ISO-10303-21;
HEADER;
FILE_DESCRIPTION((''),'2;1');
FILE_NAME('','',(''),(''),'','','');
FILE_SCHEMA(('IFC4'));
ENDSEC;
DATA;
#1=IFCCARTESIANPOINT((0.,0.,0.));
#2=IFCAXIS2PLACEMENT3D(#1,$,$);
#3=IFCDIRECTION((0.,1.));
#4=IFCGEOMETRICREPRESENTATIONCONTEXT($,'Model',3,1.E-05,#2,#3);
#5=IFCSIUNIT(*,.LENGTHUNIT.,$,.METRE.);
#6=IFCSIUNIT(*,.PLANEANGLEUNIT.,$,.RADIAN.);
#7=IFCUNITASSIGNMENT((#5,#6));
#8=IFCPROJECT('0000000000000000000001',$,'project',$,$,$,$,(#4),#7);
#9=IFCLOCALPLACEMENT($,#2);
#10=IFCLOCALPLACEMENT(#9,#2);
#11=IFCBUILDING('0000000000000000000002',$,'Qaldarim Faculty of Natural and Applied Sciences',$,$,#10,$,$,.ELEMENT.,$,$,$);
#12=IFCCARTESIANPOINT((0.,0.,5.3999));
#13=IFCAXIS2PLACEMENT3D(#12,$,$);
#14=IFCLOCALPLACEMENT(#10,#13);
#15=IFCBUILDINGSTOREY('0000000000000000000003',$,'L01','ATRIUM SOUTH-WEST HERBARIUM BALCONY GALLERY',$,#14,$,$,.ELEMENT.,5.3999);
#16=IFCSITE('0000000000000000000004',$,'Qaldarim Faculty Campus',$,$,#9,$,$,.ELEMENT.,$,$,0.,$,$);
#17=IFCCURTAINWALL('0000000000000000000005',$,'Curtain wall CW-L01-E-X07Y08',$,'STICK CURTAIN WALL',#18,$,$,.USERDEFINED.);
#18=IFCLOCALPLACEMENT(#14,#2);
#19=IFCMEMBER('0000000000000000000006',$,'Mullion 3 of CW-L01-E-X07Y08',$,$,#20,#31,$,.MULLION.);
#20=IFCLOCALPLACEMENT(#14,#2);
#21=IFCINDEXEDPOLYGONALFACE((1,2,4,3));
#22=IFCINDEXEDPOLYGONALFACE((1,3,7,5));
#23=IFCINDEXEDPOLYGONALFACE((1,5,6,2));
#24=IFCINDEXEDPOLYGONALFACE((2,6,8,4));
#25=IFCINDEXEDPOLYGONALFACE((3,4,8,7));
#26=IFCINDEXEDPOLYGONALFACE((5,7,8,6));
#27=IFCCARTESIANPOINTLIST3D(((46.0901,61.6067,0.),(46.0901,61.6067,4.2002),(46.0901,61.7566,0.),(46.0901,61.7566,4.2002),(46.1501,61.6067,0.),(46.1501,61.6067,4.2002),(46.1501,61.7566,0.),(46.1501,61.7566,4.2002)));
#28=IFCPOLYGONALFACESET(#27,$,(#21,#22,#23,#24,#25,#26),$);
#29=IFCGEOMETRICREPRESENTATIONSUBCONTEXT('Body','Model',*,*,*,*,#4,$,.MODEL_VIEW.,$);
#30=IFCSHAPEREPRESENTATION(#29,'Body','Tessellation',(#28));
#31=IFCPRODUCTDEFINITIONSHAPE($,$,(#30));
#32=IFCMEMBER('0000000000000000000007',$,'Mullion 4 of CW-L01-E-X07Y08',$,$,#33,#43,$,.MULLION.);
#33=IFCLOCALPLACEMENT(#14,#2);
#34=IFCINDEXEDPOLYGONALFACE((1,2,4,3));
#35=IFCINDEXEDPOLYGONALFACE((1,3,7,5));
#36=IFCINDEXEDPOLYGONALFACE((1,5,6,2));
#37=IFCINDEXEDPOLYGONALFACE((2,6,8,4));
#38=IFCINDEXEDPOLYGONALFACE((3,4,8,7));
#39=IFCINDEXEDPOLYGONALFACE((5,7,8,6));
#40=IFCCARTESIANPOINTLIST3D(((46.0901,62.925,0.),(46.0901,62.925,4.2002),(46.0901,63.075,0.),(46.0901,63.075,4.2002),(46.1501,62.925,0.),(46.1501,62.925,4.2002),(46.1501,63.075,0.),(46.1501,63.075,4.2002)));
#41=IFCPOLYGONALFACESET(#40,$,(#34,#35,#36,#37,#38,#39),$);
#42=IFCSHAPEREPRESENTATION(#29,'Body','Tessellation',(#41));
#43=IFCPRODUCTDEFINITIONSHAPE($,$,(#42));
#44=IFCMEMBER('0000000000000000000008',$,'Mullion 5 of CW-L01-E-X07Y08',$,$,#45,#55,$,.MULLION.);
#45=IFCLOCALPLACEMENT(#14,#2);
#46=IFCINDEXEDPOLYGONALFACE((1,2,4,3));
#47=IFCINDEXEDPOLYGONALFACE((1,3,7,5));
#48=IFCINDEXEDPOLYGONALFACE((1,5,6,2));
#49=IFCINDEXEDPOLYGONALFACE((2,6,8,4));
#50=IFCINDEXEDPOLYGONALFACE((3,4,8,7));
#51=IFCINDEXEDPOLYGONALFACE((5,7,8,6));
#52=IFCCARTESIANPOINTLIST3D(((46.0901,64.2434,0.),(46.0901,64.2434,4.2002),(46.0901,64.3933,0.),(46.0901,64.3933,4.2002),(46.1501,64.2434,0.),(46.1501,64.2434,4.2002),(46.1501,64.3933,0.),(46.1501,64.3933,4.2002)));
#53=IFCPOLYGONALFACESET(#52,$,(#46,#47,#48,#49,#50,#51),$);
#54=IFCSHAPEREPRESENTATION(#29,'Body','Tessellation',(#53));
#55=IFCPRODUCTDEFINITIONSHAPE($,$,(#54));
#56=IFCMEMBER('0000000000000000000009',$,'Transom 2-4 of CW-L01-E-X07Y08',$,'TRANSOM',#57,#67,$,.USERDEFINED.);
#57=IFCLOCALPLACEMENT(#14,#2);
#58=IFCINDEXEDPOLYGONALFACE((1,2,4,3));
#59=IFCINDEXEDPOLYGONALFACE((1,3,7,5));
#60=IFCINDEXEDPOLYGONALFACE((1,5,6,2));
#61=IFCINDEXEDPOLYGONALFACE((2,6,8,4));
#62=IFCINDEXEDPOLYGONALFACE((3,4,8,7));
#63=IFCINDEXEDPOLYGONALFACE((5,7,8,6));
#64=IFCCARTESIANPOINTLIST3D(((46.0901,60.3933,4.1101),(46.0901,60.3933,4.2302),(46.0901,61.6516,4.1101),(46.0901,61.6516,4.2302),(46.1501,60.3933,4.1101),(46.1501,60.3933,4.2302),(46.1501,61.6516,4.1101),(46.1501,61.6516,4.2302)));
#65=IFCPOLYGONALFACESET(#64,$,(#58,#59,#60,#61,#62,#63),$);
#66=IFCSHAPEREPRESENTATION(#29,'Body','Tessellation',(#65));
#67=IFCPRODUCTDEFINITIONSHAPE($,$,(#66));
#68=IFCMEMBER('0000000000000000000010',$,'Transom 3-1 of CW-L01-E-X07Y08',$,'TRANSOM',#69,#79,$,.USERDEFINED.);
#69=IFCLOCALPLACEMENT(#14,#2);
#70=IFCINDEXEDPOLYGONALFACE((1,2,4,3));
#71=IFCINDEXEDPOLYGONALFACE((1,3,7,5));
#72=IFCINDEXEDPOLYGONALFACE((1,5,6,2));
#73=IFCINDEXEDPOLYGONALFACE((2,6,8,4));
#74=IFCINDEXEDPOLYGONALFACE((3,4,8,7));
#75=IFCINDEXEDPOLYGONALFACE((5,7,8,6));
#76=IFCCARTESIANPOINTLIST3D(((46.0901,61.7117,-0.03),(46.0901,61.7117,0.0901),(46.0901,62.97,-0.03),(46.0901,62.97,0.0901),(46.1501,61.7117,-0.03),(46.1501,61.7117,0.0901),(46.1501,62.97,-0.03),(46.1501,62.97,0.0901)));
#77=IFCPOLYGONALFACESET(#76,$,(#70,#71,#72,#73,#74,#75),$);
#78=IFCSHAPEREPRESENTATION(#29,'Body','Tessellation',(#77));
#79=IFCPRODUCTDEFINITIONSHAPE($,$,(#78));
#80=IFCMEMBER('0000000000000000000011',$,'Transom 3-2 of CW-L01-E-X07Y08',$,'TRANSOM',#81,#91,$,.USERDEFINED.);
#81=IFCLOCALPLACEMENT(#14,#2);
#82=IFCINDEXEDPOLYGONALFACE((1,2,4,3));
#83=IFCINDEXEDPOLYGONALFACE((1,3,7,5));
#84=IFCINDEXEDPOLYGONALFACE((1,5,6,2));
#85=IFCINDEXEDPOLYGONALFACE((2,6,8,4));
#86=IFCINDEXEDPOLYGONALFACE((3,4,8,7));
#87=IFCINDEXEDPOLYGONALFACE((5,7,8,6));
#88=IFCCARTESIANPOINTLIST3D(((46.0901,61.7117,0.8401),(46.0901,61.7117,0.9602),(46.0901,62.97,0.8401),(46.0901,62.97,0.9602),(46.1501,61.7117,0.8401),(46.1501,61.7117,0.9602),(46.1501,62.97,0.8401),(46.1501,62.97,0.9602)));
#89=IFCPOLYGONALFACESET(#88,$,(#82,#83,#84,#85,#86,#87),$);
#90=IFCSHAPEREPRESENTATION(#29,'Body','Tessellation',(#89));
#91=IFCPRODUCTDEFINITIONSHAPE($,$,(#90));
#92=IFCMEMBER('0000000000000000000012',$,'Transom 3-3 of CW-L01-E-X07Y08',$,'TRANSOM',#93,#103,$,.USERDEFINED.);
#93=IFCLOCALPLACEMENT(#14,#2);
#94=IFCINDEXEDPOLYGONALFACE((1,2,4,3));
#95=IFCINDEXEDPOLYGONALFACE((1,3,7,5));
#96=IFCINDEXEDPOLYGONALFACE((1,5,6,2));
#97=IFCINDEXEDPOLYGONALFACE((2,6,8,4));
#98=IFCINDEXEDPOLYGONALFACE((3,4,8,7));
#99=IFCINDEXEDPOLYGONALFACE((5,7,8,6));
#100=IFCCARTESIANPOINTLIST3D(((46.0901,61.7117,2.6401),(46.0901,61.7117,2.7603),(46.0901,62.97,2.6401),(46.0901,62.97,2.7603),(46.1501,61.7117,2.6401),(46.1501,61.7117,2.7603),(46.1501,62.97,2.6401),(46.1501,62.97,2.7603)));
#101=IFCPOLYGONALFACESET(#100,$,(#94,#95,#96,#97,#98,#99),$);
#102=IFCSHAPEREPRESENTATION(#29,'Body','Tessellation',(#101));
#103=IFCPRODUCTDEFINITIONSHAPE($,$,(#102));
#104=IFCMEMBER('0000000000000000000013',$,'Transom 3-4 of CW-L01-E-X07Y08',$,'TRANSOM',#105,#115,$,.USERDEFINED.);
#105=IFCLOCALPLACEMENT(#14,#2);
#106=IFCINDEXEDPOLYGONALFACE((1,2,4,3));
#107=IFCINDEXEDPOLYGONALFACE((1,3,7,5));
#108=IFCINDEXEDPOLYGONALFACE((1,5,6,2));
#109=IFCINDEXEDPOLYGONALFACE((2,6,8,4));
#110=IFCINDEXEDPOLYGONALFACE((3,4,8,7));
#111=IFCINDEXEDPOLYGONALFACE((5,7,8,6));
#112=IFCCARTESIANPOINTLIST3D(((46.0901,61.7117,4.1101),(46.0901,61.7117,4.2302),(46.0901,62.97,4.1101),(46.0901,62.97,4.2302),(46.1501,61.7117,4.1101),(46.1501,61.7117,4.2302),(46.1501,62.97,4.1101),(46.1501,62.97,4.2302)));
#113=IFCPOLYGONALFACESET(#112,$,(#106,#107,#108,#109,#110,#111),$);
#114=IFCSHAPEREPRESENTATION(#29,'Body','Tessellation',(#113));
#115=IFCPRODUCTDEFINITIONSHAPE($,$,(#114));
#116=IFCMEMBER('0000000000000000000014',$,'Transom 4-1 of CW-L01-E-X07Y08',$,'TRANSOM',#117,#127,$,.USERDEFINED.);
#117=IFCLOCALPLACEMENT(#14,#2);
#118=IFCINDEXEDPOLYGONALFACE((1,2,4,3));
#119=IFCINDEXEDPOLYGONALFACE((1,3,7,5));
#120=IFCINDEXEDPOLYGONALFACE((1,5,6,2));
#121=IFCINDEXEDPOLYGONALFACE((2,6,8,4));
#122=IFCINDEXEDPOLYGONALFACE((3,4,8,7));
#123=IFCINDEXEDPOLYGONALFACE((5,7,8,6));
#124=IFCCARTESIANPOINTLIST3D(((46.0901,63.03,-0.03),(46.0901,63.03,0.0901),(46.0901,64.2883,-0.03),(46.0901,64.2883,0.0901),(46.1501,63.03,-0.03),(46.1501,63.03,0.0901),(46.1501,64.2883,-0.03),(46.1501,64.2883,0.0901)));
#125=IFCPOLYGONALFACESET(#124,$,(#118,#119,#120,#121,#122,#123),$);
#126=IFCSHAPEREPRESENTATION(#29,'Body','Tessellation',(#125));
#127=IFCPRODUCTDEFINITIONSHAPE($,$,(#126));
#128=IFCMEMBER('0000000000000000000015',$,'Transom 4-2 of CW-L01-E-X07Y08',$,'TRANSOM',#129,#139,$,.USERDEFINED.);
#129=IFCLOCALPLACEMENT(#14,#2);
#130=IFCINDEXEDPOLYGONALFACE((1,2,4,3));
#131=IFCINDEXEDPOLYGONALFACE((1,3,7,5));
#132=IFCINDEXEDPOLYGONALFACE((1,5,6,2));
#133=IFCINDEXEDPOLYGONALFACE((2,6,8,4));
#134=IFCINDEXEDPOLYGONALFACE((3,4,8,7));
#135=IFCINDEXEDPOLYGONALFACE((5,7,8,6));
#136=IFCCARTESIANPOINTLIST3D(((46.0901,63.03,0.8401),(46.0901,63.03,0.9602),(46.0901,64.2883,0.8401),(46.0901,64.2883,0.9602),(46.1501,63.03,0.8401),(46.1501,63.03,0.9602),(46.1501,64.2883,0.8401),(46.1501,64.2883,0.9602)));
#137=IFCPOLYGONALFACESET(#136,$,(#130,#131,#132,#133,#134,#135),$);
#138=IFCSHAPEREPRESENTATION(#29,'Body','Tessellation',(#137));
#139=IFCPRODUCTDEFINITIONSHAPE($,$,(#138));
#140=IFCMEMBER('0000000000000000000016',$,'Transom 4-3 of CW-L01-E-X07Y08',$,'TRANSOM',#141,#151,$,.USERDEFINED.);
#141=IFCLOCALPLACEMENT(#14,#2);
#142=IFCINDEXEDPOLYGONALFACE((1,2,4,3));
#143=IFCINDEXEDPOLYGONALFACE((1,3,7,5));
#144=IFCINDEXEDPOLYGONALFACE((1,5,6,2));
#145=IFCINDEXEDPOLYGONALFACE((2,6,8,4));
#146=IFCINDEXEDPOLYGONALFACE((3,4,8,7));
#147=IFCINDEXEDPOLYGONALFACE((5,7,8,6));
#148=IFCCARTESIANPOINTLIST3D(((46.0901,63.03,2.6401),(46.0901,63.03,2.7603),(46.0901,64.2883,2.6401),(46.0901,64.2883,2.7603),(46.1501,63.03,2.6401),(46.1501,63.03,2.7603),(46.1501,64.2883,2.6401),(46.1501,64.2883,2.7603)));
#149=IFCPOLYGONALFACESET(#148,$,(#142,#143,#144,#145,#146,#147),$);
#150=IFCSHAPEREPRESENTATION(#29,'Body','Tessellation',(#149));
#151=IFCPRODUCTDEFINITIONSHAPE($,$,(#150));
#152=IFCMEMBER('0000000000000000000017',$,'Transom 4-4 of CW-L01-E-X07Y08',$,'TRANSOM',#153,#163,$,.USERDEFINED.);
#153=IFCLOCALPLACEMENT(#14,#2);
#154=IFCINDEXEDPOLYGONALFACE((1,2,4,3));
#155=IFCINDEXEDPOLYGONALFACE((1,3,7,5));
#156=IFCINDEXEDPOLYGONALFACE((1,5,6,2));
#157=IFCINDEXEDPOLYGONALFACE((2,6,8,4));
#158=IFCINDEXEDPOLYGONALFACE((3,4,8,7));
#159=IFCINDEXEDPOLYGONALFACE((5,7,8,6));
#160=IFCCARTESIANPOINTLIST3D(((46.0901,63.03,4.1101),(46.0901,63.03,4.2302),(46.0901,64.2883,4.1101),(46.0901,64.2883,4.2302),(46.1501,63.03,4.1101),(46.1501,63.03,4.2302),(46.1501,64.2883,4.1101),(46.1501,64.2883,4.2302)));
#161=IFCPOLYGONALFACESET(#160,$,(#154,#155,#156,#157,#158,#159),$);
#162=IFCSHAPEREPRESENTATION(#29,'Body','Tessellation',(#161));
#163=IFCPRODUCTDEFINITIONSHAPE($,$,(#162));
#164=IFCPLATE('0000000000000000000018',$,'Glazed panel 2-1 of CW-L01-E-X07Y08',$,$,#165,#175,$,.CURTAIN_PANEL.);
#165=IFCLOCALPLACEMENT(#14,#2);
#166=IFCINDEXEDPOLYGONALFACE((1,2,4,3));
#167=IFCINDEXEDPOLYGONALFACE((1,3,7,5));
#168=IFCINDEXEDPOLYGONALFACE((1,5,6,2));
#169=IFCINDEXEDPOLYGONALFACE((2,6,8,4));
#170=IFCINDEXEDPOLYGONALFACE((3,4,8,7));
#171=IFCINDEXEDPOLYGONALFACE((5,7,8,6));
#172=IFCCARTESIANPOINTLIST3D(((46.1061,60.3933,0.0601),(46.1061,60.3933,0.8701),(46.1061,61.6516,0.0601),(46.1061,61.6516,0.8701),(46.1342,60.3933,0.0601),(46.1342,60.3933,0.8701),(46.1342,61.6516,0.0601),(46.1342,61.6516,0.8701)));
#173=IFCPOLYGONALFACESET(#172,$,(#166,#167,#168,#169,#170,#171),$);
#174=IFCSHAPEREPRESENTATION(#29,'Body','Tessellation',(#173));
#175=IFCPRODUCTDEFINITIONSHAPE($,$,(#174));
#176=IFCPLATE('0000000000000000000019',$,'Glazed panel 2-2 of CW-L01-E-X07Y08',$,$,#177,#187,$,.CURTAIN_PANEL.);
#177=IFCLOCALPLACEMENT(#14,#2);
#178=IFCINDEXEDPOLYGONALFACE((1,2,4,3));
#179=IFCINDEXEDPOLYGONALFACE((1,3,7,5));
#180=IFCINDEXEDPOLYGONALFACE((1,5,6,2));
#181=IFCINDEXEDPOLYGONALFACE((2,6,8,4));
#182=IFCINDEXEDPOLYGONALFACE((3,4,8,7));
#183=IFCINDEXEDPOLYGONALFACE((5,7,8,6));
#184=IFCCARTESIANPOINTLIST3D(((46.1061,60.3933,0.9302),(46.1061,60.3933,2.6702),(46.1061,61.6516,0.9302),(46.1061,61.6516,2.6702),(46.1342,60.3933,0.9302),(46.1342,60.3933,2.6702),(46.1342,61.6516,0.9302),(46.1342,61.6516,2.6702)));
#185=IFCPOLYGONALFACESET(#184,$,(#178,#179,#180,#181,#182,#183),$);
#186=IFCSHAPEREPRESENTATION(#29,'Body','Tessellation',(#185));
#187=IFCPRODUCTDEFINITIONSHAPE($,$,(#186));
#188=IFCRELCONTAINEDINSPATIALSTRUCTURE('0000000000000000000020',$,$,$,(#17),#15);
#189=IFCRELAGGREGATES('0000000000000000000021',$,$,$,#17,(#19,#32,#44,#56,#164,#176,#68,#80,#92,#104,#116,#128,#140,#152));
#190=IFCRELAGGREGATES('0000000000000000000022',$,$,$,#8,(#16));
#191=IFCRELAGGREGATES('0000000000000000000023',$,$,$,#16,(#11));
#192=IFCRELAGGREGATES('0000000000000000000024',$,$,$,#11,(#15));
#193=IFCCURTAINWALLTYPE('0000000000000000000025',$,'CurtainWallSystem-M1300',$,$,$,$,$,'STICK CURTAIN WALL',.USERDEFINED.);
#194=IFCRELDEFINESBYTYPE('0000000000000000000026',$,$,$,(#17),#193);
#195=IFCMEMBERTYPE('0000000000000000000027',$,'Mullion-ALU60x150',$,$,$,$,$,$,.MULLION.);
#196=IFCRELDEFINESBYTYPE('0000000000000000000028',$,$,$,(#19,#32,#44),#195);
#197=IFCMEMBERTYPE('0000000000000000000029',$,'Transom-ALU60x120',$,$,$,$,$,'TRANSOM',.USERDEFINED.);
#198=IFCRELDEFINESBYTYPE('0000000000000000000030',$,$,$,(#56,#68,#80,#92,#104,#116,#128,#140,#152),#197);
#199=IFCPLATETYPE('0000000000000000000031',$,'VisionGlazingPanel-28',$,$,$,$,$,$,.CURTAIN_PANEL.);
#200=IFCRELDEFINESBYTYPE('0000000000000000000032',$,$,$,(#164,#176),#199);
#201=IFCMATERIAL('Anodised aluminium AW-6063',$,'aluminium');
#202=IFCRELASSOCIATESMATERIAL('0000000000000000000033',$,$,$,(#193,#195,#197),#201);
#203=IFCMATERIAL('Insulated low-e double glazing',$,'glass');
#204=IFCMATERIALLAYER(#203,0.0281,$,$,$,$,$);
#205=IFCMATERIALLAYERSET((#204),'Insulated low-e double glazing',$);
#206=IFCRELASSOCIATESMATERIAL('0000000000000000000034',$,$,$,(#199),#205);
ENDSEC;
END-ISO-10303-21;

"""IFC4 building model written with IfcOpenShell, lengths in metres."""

from ifc_helpers import new_model, si_unit, direction, frame, origin, origin_2d, place, context, subcontext, project, spatial, rectangle, extrude, material, layer, layer_set, material_profile, profile_set, type_object, element, aggregate, save


model = new_model("IFC4")

# Units and contexts
model_context = context("Model", 3, precision=1e-05, world=origin(), true_north=direction((0.0, 1.0)))
body_context = subcontext(model_context, "Body", "Model", "MODEL_VIEW")
ifc_project = project(units=[si_unit("LENGTHUNIT", "METRE"), si_unit("PLANEANGLEUNIT", "RADIAN")], contexts=[model_context])

# Site, building, storey
site_placement = place(None, origin())
site = spatial("IfcSite", under=ifc_project, at=site_placement, Name="Qaldarim Faculty Campus", CompositionType="ELEMENT", RefElevation=0.0)
building_placement = place(site_placement, origin())
building = spatial("IfcBuilding", under=site, at=building_placement, Name="Qaldarim Faculty of Natural and Applied Sciences", CompositionType="ELEMENT")
storey_placement = place(building_placement, frame((0.0, 0.0, 5.3999)))
storey = spatial("IfcBuildingStorey", under=building, at=storey_placement, Name="L01", Description="ATRIUM SOUTH-WEST HERBARIUM BALCONY GALLERY", CompositionType="ELEMENT", Elevation=5.3999)

# Curtain wall, members, plates
ifc_material_1 = material(Name="Anodised aluminium AW-6063", Category="aluminium")
curtain_wall_type = type_object("IfcCurtainWallType", Name="CurtainWallSystem-M1300", ElementType="STICK CURTAIN WALL", PredefinedType="USERDEFINED", material=ifc_material_1)
curtain_wall_placement = place(storey_placement, origin())
curtain_wall = element("IfcCurtainWall", 1, at=curtain_wall_placement, inside=storey, type_object=curtain_wall_type, Name="Curtain wall CW-L01-E-X07Y08", ObjectType="STICK CURTAIN WALL", PredefinedType="USERDEFINED")
ifc_material_profile_1 = material_profile(ifc_material_1, rectangle(XDim=0.0601, YDim=0.1499, at=origin_2d()), Name="ALU-M60x150")
ifc_profile_set_1 = profile_set([ifc_material_profile_1], Name="Anodised aluminium AW-6063")
member_type_1 = type_object("IfcMemberType", Name="Mullion-ALU60x150", PredefinedType="MULLION", material=ifc_profile_set_1)
member_1_placement = place(storey_placement, frame((46.1201, 61.6816, 0.0), z_axis=(0.0, 0.0, 1.0), x_axis=(-1.0, 0.0, 0.0)))
member_1 = element("IfcMember", 2, at=member_1_placement, type_object=member_type_1, Name="Mullion 3 of CW-L01-E-X07Y08", PredefinedType="MULLION", context=body_context, shape_type="SweptSolid", body=[
    extrude(rectangle(XDim=0.0601, YDim=0.1499, at=origin_2d()), origin(), (0.0, 0.0, 1.0), 4.2002),
])
member_2_placement = place(storey_placement, frame((46.1201, 63.0, 0.0), z_axis=(0.0, 0.0, 1.0), x_axis=(-1.0, 0.0, 0.0)))
member_2 = element("IfcMember", 3, at=member_2_placement, type_object=member_type_1, Name="Mullion 4 of CW-L01-E-X07Y08", PredefinedType="MULLION", context=body_context, shape_type="SweptSolid", body=[
    extrude(rectangle(XDim=0.0601, YDim=0.1499, at=origin_2d()), origin(), (0.0, 0.0, 1.0), 4.2002),
])
member_3_placement = place(storey_placement, frame((46.1201, 64.3184, 0.0), z_axis=(0.0, 0.0, 1.0), x_axis=(-1.0, 0.0, 0.0)))
member_3 = element("IfcMember", 4, at=member_3_placement, type_object=member_type_1, Name="Mullion 5 of CW-L01-E-X07Y08", PredefinedType="MULLION", context=body_context, shape_type="SweptSolid", body=[
    extrude(rectangle(XDim=0.0601, YDim=0.1499, at=origin_2d()), origin(), (0.0, 0.0, 1.0), 4.2002),
])
ifc_material_profile_2 = material_profile(ifc_material_1, rectangle(XDim=0.0601, YDim=0.1201, at=origin_2d()), Name="ALU-T60x120")
ifc_profile_set_2 = profile_set([ifc_material_profile_2], Name="Anodised aluminium AW-6063")
member_type_2 = type_object("IfcMemberType", Name="Transom-ALU60x120", ElementType="TRANSOM", PredefinedType="USERDEFINED", material=ifc_profile_set_2)
member_4_placement = place(storey_placement, frame((46.1201, 60.3933, 4.1702), z_axis=(0.0, 1.0, 0.0), x_axis=(-1.0, 0.0, 0.0)))
member_4 = element("IfcMember", 5, at=member_4_placement, type_object=member_type_2, Name="Transom 2-4 of CW-L01-E-X07Y08", ObjectType="TRANSOM", PredefinedType="USERDEFINED", context=body_context, shape_type="SweptSolid", body=[
    extrude(rectangle(XDim=0.0601, YDim=0.1201, at=origin_2d()), origin(), (0.0, 0.0, 1.0), 1.2583),
])
member_5_placement = place(storey_placement, frame((46.1201, 61.7117, 0.03), z_axis=(0.0, 1.0, 0.0), x_axis=(-1.0, 0.0, 0.0)))
member_5 = element("IfcMember", 6, at=member_5_placement, type_object=member_type_2, Name="Transom 3-1 of CW-L01-E-X07Y08", ObjectType="TRANSOM", PredefinedType="USERDEFINED", context=body_context, shape_type="SweptSolid", body=[
    extrude(rectangle(XDim=0.0601, YDim=0.1201, at=origin_2d()), origin(), (0.0, 0.0, 1.0), 1.2583),
])
member_6_placement = place(storey_placement, frame((46.1201, 61.7117, 0.9001), z_axis=(0.0, 1.0, 0.0), x_axis=(-1.0, 0.0, 0.0)))
member_6 = element("IfcMember", 7, at=member_6_placement, type_object=member_type_2, Name="Transom 3-2 of CW-L01-E-X07Y08", ObjectType="TRANSOM", PredefinedType="USERDEFINED", context=body_context, shape_type="SweptSolid", body=[
    extrude(rectangle(XDim=0.0601, YDim=0.1201, at=origin_2d()), origin(), (0.0, 0.0, 1.0), 1.2583),
])
member_7_placement = place(storey_placement, frame((46.1201, 61.7117, 2.7002), z_axis=(0.0, 1.0, 0.0), x_axis=(-1.0, 0.0, 0.0)))
member_7 = element("IfcMember", 8, at=member_7_placement, type_object=member_type_2, Name="Transom 3-3 of CW-L01-E-X07Y08", ObjectType="TRANSOM", PredefinedType="USERDEFINED", context=body_context, shape_type="SweptSolid", body=[
    extrude(rectangle(XDim=0.0601, YDim=0.1201, at=origin_2d()), origin(), (0.0, 0.0, 1.0), 1.2583),
])
member_8_placement = place(storey_placement, frame((46.1201, 61.7117, 4.1702), z_axis=(0.0, 1.0, 0.0), x_axis=(-1.0, 0.0, 0.0)))
member_8 = element("IfcMember", 9, at=member_8_placement, type_object=member_type_2, Name="Transom 3-4 of CW-L01-E-X07Y08", ObjectType="TRANSOM", PredefinedType="USERDEFINED", context=body_context, shape_type="SweptSolid", body=[
    extrude(rectangle(XDim=0.0601, YDim=0.1201, at=origin_2d()), origin(), (0.0, 0.0, 1.0), 1.2583),
])
member_9_placement = place(storey_placement, frame((46.1201, 63.03, 0.03), z_axis=(0.0, 1.0, 0.0), x_axis=(-1.0, 0.0, 0.0)))
member_9 = element("IfcMember", 10, at=member_9_placement, type_object=member_type_2, Name="Transom 4-1 of CW-L01-E-X07Y08", ObjectType="TRANSOM", PredefinedType="USERDEFINED", context=body_context, shape_type="SweptSolid", body=[
    extrude(rectangle(XDim=0.0601, YDim=0.1201, at=origin_2d()), origin(), (0.0, 0.0, 1.0), 1.2583),
])
member_10_placement = place(storey_placement, frame((46.1201, 63.03, 0.9001), z_axis=(0.0, 1.0, 0.0), x_axis=(-1.0, 0.0, 0.0)))
member_10 = element("IfcMember", 11, at=member_10_placement, type_object=member_type_2, Name="Transom 4-2 of CW-L01-E-X07Y08", ObjectType="TRANSOM", PredefinedType="USERDEFINED", context=body_context, shape_type="SweptSolid", body=[
    extrude(rectangle(XDim=0.0601, YDim=0.1201, at=origin_2d()), origin(), (0.0, 0.0, 1.0), 1.2583),
])
member_11_placement = place(storey_placement, frame((46.1201, 63.03, 2.7002), z_axis=(0.0, 1.0, 0.0), x_axis=(-1.0, 0.0, 0.0)))
member_11 = element("IfcMember", 12, at=member_11_placement, type_object=member_type_2, Name="Transom 4-3 of CW-L01-E-X07Y08", ObjectType="TRANSOM", PredefinedType="USERDEFINED", context=body_context, shape_type="SweptSolid", body=[
    extrude(rectangle(XDim=0.0601, YDim=0.1201, at=origin_2d()), origin(), (0.0, 0.0, 1.0), 1.2583),
])
member_12_placement = place(storey_placement, frame((46.1201, 63.03, 4.1702), z_axis=(0.0, 1.0, 0.0), x_axis=(-1.0, 0.0, 0.0)))
member_12 = element("IfcMember", 13, at=member_12_placement, type_object=member_type_2, Name="Transom 4-4 of CW-L01-E-X07Y08", ObjectType="TRANSOM", PredefinedType="USERDEFINED", context=body_context, shape_type="SweptSolid", body=[
    extrude(rectangle(XDim=0.0601, YDim=0.1201, at=origin_2d()), origin(), (0.0, 0.0, 1.0), 1.2583),
])
ifc_material_2 = material(Name="Insulated low-e double glazing", Category="glass")
ifc_layer_1 = layer(ifc_material_2, 0.0281)
ifc_layer_set_1 = layer_set([ifc_layer_1], Name="Insulated low-e double glazing")
plate_type = type_object("IfcPlateType", Name="VisionGlazingPanel-28", PredefinedType="CURTAIN_PANEL", material=ifc_layer_set_1)
plate_1_placement = place(storey_placement, frame((46.1201, 61.0225, 0.0601), z_axis=(0.0, 0.0, 1.0), x_axis=(0.0, 1.0, 0.0)))
plate_1 = element("IfcPlate", 14, at=plate_1_placement, type_object=plate_type, Name="Glazed panel 2-1 of CW-L01-E-X07Y08", PredefinedType="CURTAIN_PANEL", context=body_context, shape_type="SweptSolid", body=[
    extrude(rectangle(XDim=1.2583, YDim=0.0281, at=origin_2d()), origin(), (0.0, 0.0, 1.0), 0.8101),
])
plate_2_placement = place(storey_placement, frame((46.1201, 61.0225, 0.9302), z_axis=(0.0, 0.0, 1.0), x_axis=(0.0, 1.0, 0.0)))
plate_2 = element("IfcPlate", 15, at=plate_2_placement, type_object=plate_type, Name="Glazed panel 2-2 of CW-L01-E-X07Y08", PredefinedType="CURTAIN_PANEL", context=body_context, shape_type="SweptSolid", body=[
    extrude(rectangle(XDim=1.2583, YDim=0.0281, at=origin_2d()), origin(), (0.0, 0.0, 1.0), 1.74),
])
aggregate(curtain_wall, [member_1, member_2, member_3, member_4, plate_1, plate_2, member_5, member_6, member_7, member_8, member_9, member_10, member_11, member_12])

save(model, "model.ifc")
